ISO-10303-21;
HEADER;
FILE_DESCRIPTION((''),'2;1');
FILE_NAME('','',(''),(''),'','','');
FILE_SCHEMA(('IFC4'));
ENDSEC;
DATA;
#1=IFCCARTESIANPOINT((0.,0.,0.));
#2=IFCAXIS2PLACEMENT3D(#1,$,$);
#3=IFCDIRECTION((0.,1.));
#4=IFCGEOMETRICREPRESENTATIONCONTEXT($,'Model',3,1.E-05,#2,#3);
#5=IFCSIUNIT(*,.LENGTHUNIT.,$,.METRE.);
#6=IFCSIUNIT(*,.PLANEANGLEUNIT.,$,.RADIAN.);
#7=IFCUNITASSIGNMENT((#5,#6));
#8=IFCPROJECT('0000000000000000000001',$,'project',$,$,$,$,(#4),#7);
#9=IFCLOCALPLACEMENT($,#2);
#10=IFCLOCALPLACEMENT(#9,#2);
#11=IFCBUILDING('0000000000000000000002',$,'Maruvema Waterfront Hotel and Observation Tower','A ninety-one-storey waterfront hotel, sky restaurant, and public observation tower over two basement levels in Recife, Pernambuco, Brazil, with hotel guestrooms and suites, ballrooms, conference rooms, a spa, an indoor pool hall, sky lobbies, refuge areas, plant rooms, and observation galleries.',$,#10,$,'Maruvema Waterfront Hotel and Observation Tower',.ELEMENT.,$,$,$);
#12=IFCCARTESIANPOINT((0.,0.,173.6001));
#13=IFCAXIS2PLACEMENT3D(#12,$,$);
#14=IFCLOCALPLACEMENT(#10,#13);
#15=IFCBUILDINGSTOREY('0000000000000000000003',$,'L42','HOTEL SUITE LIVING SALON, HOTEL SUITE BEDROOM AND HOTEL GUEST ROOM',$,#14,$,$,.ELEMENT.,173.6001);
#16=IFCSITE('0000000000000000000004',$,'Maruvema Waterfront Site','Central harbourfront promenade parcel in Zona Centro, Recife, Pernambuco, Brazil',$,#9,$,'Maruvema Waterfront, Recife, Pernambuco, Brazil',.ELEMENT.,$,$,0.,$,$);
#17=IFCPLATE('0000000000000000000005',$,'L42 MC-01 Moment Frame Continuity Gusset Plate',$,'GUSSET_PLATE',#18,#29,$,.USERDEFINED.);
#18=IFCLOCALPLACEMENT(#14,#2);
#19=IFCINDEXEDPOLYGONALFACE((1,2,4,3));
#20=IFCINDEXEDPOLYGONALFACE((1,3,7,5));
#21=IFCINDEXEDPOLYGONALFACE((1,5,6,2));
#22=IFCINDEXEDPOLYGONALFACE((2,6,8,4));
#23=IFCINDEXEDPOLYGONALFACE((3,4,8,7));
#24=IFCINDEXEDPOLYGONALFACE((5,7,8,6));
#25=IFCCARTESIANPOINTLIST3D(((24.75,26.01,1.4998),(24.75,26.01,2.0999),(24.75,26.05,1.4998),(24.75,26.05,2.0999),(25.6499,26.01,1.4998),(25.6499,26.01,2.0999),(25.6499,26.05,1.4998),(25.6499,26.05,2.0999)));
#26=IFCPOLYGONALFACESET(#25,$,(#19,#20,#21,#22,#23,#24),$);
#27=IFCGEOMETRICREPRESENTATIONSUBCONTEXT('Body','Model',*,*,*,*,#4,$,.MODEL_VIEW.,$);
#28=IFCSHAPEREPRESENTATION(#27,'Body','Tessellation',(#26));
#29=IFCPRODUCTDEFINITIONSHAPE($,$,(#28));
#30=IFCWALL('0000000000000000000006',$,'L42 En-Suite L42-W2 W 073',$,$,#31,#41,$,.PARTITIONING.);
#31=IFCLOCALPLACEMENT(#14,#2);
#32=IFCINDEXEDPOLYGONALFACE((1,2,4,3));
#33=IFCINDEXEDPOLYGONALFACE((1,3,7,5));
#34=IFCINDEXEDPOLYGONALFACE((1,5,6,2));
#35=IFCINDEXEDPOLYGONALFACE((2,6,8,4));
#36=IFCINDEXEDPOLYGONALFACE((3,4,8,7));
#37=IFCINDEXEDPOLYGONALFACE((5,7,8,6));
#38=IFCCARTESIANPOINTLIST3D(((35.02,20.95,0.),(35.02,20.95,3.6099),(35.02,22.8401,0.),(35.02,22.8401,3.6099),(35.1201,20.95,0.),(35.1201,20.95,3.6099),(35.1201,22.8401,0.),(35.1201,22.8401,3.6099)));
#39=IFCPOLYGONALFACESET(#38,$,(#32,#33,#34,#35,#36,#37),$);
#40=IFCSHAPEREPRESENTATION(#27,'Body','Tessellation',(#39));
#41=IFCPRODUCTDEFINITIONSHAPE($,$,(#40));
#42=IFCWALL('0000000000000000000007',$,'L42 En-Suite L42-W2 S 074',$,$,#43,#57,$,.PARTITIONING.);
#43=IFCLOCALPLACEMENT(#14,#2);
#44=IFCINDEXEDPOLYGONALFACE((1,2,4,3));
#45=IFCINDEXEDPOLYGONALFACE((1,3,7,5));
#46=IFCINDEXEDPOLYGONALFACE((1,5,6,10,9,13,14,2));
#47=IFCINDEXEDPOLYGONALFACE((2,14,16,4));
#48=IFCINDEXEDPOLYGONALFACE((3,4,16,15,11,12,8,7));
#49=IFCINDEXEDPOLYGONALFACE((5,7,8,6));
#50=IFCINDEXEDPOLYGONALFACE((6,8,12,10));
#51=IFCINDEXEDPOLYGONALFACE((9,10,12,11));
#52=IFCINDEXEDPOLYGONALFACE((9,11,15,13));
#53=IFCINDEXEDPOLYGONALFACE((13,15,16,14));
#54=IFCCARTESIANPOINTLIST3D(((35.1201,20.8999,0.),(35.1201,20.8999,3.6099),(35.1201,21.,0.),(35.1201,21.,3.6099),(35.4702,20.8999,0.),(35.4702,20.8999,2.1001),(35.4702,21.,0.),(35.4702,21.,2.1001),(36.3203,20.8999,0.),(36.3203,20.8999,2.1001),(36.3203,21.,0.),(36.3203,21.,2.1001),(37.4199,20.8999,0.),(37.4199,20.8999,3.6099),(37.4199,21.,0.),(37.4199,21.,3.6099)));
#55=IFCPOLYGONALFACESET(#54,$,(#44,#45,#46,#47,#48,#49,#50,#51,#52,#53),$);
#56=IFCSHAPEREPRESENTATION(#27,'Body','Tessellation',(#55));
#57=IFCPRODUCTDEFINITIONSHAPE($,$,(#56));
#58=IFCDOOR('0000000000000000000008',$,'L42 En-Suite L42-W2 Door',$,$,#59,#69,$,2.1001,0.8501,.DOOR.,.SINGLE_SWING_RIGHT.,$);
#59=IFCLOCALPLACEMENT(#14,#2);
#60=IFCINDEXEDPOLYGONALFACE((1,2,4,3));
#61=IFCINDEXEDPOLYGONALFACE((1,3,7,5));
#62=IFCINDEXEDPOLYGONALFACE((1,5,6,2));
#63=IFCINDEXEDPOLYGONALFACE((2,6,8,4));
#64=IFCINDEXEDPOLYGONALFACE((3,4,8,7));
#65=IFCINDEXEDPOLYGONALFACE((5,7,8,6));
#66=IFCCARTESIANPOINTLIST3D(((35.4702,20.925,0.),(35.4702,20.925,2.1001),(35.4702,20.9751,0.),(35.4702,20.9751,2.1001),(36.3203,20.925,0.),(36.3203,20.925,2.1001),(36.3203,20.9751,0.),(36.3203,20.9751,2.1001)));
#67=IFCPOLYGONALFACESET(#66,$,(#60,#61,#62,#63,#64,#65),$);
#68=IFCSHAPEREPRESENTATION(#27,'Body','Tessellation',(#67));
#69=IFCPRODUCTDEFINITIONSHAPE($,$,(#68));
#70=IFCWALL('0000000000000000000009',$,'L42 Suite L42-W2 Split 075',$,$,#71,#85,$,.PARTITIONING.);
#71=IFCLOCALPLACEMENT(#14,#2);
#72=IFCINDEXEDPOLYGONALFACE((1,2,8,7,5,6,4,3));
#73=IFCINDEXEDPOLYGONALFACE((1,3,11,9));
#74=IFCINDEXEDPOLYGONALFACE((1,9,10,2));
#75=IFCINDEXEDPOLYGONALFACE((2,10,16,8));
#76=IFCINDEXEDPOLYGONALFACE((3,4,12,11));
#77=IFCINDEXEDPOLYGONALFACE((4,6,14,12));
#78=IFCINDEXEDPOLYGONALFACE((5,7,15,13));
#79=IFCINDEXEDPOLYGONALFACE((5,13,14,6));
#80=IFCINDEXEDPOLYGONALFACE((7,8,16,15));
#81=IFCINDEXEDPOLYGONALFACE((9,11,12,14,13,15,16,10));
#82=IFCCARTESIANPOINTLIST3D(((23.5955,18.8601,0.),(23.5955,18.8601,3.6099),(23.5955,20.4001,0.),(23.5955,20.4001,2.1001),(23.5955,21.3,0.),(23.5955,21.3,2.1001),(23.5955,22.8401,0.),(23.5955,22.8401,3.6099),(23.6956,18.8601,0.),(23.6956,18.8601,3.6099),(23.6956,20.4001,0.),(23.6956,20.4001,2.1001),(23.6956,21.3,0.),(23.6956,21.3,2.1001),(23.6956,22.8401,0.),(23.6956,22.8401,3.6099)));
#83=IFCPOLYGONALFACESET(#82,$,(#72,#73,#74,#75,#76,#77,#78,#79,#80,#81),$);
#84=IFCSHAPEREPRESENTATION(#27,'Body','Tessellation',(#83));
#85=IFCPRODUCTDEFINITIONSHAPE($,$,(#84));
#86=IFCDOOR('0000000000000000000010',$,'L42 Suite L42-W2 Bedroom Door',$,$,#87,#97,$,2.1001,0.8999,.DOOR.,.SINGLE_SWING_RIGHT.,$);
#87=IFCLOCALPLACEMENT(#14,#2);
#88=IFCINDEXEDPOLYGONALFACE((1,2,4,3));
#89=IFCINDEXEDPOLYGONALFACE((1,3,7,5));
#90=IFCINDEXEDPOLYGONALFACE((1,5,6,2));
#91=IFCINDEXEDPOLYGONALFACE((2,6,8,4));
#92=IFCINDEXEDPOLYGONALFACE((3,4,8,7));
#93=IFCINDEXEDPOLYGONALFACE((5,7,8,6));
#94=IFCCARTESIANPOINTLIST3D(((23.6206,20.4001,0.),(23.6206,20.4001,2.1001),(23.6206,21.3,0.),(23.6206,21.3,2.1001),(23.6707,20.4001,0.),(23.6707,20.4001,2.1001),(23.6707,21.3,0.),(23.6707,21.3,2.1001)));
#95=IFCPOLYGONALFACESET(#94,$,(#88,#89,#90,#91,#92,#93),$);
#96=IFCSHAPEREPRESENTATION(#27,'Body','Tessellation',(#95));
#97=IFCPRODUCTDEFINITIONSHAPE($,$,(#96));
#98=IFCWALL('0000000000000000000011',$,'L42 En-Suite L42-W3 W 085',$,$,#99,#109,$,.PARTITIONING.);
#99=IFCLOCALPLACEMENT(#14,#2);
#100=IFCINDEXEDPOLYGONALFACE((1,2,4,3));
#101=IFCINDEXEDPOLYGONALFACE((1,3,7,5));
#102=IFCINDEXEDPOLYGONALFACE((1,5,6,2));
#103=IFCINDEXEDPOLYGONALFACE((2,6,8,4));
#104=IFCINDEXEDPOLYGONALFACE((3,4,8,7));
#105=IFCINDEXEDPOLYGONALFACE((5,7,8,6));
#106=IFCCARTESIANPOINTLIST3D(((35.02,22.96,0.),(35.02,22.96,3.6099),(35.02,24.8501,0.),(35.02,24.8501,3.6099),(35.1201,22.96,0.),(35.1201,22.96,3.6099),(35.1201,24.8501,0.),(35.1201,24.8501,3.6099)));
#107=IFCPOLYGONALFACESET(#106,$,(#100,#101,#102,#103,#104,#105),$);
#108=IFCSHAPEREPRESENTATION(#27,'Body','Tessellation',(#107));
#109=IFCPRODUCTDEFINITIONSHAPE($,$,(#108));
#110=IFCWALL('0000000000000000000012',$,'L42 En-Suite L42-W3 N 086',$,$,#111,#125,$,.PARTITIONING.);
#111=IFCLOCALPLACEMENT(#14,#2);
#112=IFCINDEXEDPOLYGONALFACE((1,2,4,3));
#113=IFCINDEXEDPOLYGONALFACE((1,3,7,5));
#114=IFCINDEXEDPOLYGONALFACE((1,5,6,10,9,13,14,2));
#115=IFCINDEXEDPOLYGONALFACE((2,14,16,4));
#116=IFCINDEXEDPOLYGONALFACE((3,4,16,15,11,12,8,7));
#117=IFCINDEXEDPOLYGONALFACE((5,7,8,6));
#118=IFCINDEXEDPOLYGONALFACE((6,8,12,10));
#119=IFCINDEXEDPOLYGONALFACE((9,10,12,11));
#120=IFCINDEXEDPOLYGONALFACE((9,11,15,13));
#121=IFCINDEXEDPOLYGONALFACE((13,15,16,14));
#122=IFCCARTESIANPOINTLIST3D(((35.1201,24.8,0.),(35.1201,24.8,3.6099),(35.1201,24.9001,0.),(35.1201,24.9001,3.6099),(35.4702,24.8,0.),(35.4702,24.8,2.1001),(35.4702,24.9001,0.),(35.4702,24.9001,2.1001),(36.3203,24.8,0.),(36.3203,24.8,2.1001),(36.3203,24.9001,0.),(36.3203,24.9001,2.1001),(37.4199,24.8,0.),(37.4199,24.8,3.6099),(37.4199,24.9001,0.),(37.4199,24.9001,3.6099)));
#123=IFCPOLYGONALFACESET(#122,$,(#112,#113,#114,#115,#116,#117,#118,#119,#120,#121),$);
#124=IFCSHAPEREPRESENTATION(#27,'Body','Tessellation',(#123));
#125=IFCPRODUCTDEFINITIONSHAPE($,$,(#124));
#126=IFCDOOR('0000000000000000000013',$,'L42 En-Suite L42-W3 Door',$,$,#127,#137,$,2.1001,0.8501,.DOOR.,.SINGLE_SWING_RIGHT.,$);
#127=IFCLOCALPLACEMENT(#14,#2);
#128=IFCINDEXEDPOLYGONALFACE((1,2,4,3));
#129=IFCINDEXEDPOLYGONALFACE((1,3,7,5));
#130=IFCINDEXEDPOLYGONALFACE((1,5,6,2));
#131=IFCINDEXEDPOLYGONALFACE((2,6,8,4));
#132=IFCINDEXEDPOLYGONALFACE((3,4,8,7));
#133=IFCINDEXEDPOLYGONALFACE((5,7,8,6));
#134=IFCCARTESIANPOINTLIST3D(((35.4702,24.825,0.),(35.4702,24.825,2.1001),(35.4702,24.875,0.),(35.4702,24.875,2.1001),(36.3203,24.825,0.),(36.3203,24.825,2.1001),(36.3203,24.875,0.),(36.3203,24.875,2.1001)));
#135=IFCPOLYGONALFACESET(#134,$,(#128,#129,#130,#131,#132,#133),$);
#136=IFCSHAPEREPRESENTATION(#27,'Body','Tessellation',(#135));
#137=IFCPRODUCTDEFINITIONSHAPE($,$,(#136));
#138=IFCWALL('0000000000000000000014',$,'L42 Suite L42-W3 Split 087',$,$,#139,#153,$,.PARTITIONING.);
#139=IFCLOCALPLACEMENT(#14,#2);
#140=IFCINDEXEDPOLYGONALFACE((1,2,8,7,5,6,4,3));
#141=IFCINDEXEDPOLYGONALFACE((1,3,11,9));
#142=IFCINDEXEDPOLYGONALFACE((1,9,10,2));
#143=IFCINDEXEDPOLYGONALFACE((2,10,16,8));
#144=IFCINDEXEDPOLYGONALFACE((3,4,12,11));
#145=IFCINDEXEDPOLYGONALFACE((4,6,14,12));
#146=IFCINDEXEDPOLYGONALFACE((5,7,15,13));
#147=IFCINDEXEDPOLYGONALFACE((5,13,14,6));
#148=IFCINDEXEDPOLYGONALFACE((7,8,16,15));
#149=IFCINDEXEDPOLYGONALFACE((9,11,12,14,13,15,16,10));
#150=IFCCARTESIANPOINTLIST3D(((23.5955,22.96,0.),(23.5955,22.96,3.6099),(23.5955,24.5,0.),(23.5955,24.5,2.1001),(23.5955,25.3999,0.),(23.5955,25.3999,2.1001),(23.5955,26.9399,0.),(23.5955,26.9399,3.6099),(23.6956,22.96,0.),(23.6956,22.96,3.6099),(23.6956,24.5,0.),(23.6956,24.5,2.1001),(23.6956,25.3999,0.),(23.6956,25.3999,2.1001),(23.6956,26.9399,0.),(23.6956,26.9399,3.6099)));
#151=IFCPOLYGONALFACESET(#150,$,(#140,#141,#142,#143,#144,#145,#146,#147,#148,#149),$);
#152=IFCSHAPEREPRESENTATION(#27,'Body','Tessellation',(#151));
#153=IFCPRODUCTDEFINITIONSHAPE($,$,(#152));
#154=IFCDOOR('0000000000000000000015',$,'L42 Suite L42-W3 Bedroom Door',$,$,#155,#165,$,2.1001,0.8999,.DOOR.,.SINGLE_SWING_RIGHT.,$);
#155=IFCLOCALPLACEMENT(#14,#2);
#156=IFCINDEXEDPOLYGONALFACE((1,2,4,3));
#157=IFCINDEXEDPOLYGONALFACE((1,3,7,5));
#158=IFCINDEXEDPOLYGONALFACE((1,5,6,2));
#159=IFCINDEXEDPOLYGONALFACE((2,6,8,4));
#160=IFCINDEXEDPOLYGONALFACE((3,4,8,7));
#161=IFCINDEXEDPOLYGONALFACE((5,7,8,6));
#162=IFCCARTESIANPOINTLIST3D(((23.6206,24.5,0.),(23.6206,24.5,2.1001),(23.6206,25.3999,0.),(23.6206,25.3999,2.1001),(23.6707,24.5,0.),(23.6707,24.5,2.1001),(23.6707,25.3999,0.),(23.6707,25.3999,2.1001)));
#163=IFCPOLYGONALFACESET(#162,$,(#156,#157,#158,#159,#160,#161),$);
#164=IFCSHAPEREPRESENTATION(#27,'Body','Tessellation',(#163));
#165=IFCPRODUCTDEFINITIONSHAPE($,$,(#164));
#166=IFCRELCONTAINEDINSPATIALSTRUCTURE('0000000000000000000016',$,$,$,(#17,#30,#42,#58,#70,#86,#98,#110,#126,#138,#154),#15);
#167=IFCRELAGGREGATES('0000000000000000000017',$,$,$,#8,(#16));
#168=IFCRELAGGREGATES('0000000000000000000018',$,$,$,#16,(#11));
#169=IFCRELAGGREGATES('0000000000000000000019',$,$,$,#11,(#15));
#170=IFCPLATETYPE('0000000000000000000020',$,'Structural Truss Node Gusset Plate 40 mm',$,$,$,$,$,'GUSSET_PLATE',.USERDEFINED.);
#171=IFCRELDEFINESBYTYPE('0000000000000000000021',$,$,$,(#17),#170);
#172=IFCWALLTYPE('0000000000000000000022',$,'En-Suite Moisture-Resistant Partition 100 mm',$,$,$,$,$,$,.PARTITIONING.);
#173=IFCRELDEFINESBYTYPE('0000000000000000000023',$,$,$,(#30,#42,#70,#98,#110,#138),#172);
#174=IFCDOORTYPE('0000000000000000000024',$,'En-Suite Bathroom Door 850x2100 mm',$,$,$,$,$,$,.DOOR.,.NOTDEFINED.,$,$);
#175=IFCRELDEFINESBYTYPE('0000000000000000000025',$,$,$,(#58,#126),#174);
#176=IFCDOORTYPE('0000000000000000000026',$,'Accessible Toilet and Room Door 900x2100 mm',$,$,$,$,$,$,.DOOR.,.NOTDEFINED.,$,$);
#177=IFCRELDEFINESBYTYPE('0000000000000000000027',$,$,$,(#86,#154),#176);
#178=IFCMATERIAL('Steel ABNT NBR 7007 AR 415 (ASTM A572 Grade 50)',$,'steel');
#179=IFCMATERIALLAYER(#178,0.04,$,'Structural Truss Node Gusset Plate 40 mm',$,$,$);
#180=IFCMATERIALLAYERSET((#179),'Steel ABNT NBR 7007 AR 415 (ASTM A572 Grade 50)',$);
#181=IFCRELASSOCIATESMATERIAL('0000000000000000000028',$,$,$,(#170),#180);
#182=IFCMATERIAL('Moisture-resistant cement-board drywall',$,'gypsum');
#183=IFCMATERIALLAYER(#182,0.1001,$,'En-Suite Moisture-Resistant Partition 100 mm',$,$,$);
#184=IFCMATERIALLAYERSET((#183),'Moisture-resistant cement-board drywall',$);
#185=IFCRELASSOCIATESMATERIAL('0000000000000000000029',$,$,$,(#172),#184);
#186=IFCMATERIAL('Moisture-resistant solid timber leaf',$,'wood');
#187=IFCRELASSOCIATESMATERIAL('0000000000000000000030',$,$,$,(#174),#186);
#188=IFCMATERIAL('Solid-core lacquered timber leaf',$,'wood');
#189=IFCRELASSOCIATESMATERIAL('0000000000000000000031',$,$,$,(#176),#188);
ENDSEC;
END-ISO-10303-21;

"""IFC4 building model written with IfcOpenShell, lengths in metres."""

from ifc_helpers import new_model, si_unit, direction, frame, frame_2d, origin, origin_2d, place, context, subcontext, project, spatial, rectangle, extrude, material, layer, layer_set, type_object, element, fill, save


model = new_model("IFC4")

# Units and contexts
model_context = context("Model", 3, precision=1e-05, world=origin(), true_north=direction((0.0, 1.0)))
body_context = subcontext(model_context, "Body", "Model", "MODEL_VIEW")
ifc_project = project(units=[si_unit("LENGTHUNIT", "METRE"), si_unit("PLANEANGLEUNIT", "RADIAN")], contexts=[model_context])

# Site, building, storey
site_placement = place(None, origin())
site = spatial("IfcSite", under=ifc_project, at=site_placement, Name="Maruvema Waterfront Site", Description="Central harbourfront promenade parcel in Zona Centro, Recife, Pernambuco, Brazil", LongName="Maruvema Waterfront, Recife, Pernambuco, Brazil", CompositionType="ELEMENT", RefElevation=0.0)
building_placement = place(site_placement, origin())
building = spatial("IfcBuilding", under=site, at=building_placement, Name="Maruvema Waterfront Hotel and Observation Tower", Description="A ninety-one-storey waterfront hotel, sky restaurant, and public observation tower over two basement levels in Recife, Pernambuco, Brazil, with hotel guestrooms and suites, ballrooms, conference rooms, a spa, an indoor pool hall, sky lobbies, refuge areas, plant rooms, and observation galleries.", LongName="Maruvema Waterfront Hotel and Observation Tower", CompositionType="ELEMENT")
storey_placement = place(building_placement, frame((0.0, 0.0, 173.6001)))
storey = spatial("IfcBuildingStorey", under=building, at=storey_placement, Name="L42", Description="HOTEL SUITE LIVING SALON, HOTEL SUITE BEDROOM AND HOTEL GUEST ROOM", CompositionType="ELEMENT", Elevation=173.6001)

# Plate
ifc_material_1 = material(Name="Steel ABNT NBR 7007 AR 415 (ASTM A572 Grade 50)", Category="steel")
ifc_layer_1 = layer(ifc_material_1, 0.04, Name="Structural Truss Node Gusset Plate 40 mm")
ifc_layer_set_1 = layer_set([ifc_layer_1], Name="Steel ABNT NBR 7007 AR 415 (ASTM A572 Grade 50)")
plate_type = type_object("IfcPlateType", Name="Structural Truss Node Gusset Plate 40 mm", ElementType="GUSSET_PLATE", PredefinedType="USERDEFINED", material=ifc_layer_set_1)
plate_placement = place(storey_placement, frame((25.2, 26.03, 1.4998), z_axis=(0.0, 0.0, 1.0), x_axis=(1.0, 0.0, 0.0)))
element("IfcPlate", 1, at=plate_placement, inside=storey, type_object=plate_type, Name="L42 MC-01 Moment Frame Continuity Gusset Plate", ObjectType="GUSSET_PLATE", PredefinedType="USERDEFINED", context=body_context, shape_type="SweptSolid", body=[
    extrude(rectangle(XDim=0.8999, YDim=0.04, at=origin_2d()), origin(), (0.0, 0.0, 1.0), 0.6001),
])

# Wall
ifc_material_2 = material(Name="Moisture-resistant cement-board drywall", Category="gypsum")
ifc_layer_2 = layer(ifc_material_2, 0.1001, Name="En-Suite Moisture-Resistant Partition 100 mm")
ifc_layer_set_2 = layer_set([ifc_layer_2], Name="Moisture-resistant cement-board drywall")
wall_type = type_object("IfcWallType", Name="En-Suite Moisture-Resistant Partition 100 mm", PredefinedType="PARTITIONING", material=ifc_layer_set_2)
wall_1_placement = place(storey_placement, frame((35.0701, 20.95, 0.0), z_axis=(0.0, 0.0, 1.0), x_axis=(0.0, 1.0, 0.0)))
element("IfcWall", 2, at=wall_1_placement, inside=storey, type_object=wall_type, Name="L42 En-Suite L42-W2 W 073", PredefinedType="PARTITIONING", context=body_context, shape_type="SweptSolid", body=[
    extrude(rectangle(XDim=1.8901, YDim=0.1001, at=frame_2d((0.9451, 0.0))), origin(), (0.0, 0.0, 1.0), 3.6099),
])

# Walls, openings, doors
wall_2_placement = place(storey_placement, frame((35.1201, 20.95, 0.0), z_axis=(0.0, 0.0, 1.0), x_axis=(1.0, 0.0, 0.0)))
wall_2 = element("IfcWall", 3, at=wall_2_placement, inside=storey, type_object=wall_type, Name="L42 En-Suite L42-W2 S 074", PredefinedType="PARTITIONING", context=body_context, shape_type="SweptSolid", body=[
    extrude(rectangle(XDim=2.2998, YDim=0.1001, at=frame_2d((1.1499, 0.0))), origin(), (0.0, 0.0, 1.0), 3.6099),
])
opening_1_placement = place(wall_2_placement, frame((0.3501, 0.0, 0.0)))
opening_1 = element("IfcOpeningElement", 4, at=opening_1_placement, cuts=wall_2, PredefinedType="OPENING", context=body_context, shape_type="SweptSolid", body=[
    extrude(rectangle(XDim=0.8501, YDim=2.1001, at=frame_2d((0.425, 1.05))), frame((0.0, 0.0601, 0.0), z_axis=(0.0, -1.0, 0.0), x_axis=(1.0, 0.0, 0.0)), (0.0, 0.0, 1.0), 0.1201),
])
ifc_material_3 = material(Name="Moisture-resistant solid timber leaf", Category="wood")
door_type_1 = type_object("IfcDoorType", Name="En-Suite Bathroom Door 850x2100 mm", OperationType="NOTDEFINED", PredefinedType="DOOR", material=ifc_material_3)
door_1_placement = place(opening_1_placement, frame((0.8501, 0.0, 0.0), z_axis=(0.0, 0.0, 1.0), x_axis=(-1.0, 0.0, 0.0)))
door_1 = element("IfcDoor", 5, at=door_1_placement, inside=storey, type_object=door_type_1, Name="L42 En-Suite L42-W2 Door", OperationType="SINGLE_SWING_RIGHT", OverallHeight=2.1001, OverallWidth=0.8501, PredefinedType="DOOR", context=body_context, shape_type="SweptSolid", body=[
    extrude(rectangle(XDim=0.8501, YDim=2.1001, at=frame_2d((0.425, 1.05))), frame((0.0, 0.0249, 0.0), z_axis=(0.0, -1.0, 0.0), x_axis=(1.0, 0.0, 0.0)), (0.0, 0.0, 1.0), 0.05),
])
fill(opening_1, door_1)
wall_3_placement = place(storey_placement, frame((23.6455, 18.8601, 0.0), z_axis=(0.0, 0.0, 1.0), x_axis=(0.0, 1.0, 0.0)))
wall_3 = element("IfcWall", 6, at=wall_3_placement, inside=storey, type_object=wall_type, Name="L42 Suite L42-W2 Split 075", PredefinedType="PARTITIONING", context=body_context, shape_type="SweptSolid", body=[
    extrude(rectangle(XDim=3.98, YDim=0.1001, at=frame_2d((1.99, 0.0))), origin(), (0.0, 0.0, 1.0), 3.6099),
])
opening_2_placement = place(wall_3_placement, frame((1.54, 0.0, 0.0)))
opening_2 = element("IfcOpeningElement", 7, at=opening_2_placement, cuts=wall_3, PredefinedType="OPENING", context=body_context, shape_type="SweptSolid", body=[
    extrude(rectangle(XDim=0.8999, YDim=2.1001, at=frame_2d((0.45, 1.05))), frame((0.0, 0.0601, 0.0), z_axis=(0.0, -1.0, 0.0), x_axis=(1.0, 0.0, 0.0)), (0.0, 0.0, 1.0), 0.1201),
])
ifc_material_4 = material(Name="Solid-core lacquered timber leaf", Category="wood")
door_type_2 = type_object("IfcDoorType", Name="Accessible Toilet and Room Door 900x2100 mm", OperationType="NOTDEFINED", PredefinedType="DOOR", material=ifc_material_4)
door_2_placement = place(opening_2_placement, origin())
door_2 = element("IfcDoor", 8, at=door_2_placement, inside=storey, type_object=door_type_2, Name="L42 Suite L42-W2 Bedroom Door", OperationType="SINGLE_SWING_RIGHT", OverallHeight=2.1001, OverallWidth=0.8999, PredefinedType="DOOR", context=body_context, shape_type="SweptSolid", body=[
    extrude(rectangle(XDim=0.8999, YDim=2.1001, at=frame_2d((0.45, 1.05))), frame((0.0, 0.0249, 0.0), z_axis=(0.0, -1.0, 0.0), x_axis=(1.0, 0.0, 0.0)), (0.0, 0.0, 1.0), 0.05),
])
fill(opening_2, door_2)

# Wall
wall_4_placement = place(storey_placement, frame((35.0701, 22.96, 0.0), z_axis=(0.0, 0.0, 1.0), x_axis=(0.0, 1.0, 0.0)))
element("IfcWall", 9, at=wall_4_placement, inside=storey, type_object=wall_type, Name="L42 En-Suite L42-W3 W 085", PredefinedType="PARTITIONING", context=body_context, shape_type="SweptSolid", body=[
    extrude(rectangle(XDim=1.8901, YDim=0.1001, at=frame_2d((0.9451, 0.0))), origin(), (0.0, 0.0, 1.0), 3.6099),
])

# Walls, openings, doors
wall_5_placement = place(storey_placement, frame((35.1201, 24.8501, 0.0), z_axis=(0.0, 0.0, 1.0), x_axis=(1.0, 0.0, 0.0)))
wall_5 = element("IfcWall", 10, at=wall_5_placement, inside=storey, type_object=wall_type, Name="L42 En-Suite L42-W3 N 086", PredefinedType="PARTITIONING", context=body_context, shape_type="SweptSolid", body=[
    extrude(rectangle(XDim=2.2998, YDim=0.1001, at=frame_2d((1.1499, 0.0))), origin(), (0.0, 0.0, 1.0), 3.6099),
])
opening_3_placement = place(wall_5_placement, frame((0.3501, 0.0, 0.0)))
opening_3 = element("IfcOpeningElement", 11, at=opening_3_placement, cuts=wall_5, PredefinedType="OPENING", context=body_context, shape_type="SweptSolid", body=[
    extrude(rectangle(XDim=0.8501, YDim=2.1001, at=frame_2d((0.425, 1.05))), frame((0.0, 0.0601, 0.0), z_axis=(0.0, -1.0, 0.0), x_axis=(1.0, 0.0, 0.0)), (0.0, 0.0, 1.0), 0.1201),
])
door_3_placement = place(opening_3_placement, origin())
door_3 = element("IfcDoor", 12, at=door_3_placement, inside=storey, type_object=door_type_1, Name="L42 En-Suite L42-W3 Door", OperationType="SINGLE_SWING_RIGHT", OverallHeight=2.1001, OverallWidth=0.8501, PredefinedType="DOOR", context=body_context, shape_type="SweptSolid", body=[
    extrude(rectangle(XDim=0.8501, YDim=2.1001, at=frame_2d((0.425, 1.05))), frame((0.0, 0.0249, 0.0), z_axis=(0.0, -1.0, 0.0), x_axis=(1.0, 0.0, 0.0)), (0.0, 0.0, 1.0), 0.05),
])
fill(opening_3, door_3)
wall_6_placement = place(storey_placement, frame((23.6455, 22.96, 0.0), z_axis=(0.0, 0.0, 1.0), x_axis=(0.0, 1.0, 0.0)))
wall_6 = element("IfcWall", 13, at=wall_6_placement, inside=storey, type_object=wall_type, Name="L42 Suite L42-W3 Split 087", PredefinedType="PARTITIONING", context=body_context, shape_type="SweptSolid", body=[
    extrude(rectangle(XDim=3.98, YDim=0.1001, at=frame_2d((1.99, 0.0))), origin(), (0.0, 0.0, 1.0), 3.6099),
])
opening_4_placement = place(wall_6_placement, frame((1.54, 0.0, 0.0)))
opening_4 = element("IfcOpeningElement", 14, at=opening_4_placement, cuts=wall_6, PredefinedType="OPENING", context=body_context, shape_type="SweptSolid", body=[
    extrude(rectangle(XDim=0.8999, YDim=2.1001, at=frame_2d((0.45, 1.05))), frame((0.0, 0.0601, 0.0), z_axis=(0.0, -1.0, 0.0), x_axis=(1.0, 0.0, 0.0)), (0.0, 0.0, 1.0), 0.1201),
])
door_4_placement = place(opening_4_placement, origin())
door_4 = element("IfcDoor", 15, at=door_4_placement, inside=storey, type_object=door_type_2, Name="L42 Suite L42-W3 Bedroom Door", OperationType="SINGLE_SWING_RIGHT", OverallHeight=2.1001, OverallWidth=0.8999, PredefinedType="DOOR", context=body_context, shape_type="SweptSolid", body=[
    extrude(rectangle(XDim=0.8999, YDim=2.1001, at=frame_2d((0.45, 1.05))), frame((0.0, 0.0249, 0.0), z_axis=(0.0, -1.0, 0.0), x_axis=(1.0, 0.0, 0.0)), (0.0, 0.0, 1.0), 0.05),
])
fill(opening_4, door_4)

save(model, "model.ifc")
